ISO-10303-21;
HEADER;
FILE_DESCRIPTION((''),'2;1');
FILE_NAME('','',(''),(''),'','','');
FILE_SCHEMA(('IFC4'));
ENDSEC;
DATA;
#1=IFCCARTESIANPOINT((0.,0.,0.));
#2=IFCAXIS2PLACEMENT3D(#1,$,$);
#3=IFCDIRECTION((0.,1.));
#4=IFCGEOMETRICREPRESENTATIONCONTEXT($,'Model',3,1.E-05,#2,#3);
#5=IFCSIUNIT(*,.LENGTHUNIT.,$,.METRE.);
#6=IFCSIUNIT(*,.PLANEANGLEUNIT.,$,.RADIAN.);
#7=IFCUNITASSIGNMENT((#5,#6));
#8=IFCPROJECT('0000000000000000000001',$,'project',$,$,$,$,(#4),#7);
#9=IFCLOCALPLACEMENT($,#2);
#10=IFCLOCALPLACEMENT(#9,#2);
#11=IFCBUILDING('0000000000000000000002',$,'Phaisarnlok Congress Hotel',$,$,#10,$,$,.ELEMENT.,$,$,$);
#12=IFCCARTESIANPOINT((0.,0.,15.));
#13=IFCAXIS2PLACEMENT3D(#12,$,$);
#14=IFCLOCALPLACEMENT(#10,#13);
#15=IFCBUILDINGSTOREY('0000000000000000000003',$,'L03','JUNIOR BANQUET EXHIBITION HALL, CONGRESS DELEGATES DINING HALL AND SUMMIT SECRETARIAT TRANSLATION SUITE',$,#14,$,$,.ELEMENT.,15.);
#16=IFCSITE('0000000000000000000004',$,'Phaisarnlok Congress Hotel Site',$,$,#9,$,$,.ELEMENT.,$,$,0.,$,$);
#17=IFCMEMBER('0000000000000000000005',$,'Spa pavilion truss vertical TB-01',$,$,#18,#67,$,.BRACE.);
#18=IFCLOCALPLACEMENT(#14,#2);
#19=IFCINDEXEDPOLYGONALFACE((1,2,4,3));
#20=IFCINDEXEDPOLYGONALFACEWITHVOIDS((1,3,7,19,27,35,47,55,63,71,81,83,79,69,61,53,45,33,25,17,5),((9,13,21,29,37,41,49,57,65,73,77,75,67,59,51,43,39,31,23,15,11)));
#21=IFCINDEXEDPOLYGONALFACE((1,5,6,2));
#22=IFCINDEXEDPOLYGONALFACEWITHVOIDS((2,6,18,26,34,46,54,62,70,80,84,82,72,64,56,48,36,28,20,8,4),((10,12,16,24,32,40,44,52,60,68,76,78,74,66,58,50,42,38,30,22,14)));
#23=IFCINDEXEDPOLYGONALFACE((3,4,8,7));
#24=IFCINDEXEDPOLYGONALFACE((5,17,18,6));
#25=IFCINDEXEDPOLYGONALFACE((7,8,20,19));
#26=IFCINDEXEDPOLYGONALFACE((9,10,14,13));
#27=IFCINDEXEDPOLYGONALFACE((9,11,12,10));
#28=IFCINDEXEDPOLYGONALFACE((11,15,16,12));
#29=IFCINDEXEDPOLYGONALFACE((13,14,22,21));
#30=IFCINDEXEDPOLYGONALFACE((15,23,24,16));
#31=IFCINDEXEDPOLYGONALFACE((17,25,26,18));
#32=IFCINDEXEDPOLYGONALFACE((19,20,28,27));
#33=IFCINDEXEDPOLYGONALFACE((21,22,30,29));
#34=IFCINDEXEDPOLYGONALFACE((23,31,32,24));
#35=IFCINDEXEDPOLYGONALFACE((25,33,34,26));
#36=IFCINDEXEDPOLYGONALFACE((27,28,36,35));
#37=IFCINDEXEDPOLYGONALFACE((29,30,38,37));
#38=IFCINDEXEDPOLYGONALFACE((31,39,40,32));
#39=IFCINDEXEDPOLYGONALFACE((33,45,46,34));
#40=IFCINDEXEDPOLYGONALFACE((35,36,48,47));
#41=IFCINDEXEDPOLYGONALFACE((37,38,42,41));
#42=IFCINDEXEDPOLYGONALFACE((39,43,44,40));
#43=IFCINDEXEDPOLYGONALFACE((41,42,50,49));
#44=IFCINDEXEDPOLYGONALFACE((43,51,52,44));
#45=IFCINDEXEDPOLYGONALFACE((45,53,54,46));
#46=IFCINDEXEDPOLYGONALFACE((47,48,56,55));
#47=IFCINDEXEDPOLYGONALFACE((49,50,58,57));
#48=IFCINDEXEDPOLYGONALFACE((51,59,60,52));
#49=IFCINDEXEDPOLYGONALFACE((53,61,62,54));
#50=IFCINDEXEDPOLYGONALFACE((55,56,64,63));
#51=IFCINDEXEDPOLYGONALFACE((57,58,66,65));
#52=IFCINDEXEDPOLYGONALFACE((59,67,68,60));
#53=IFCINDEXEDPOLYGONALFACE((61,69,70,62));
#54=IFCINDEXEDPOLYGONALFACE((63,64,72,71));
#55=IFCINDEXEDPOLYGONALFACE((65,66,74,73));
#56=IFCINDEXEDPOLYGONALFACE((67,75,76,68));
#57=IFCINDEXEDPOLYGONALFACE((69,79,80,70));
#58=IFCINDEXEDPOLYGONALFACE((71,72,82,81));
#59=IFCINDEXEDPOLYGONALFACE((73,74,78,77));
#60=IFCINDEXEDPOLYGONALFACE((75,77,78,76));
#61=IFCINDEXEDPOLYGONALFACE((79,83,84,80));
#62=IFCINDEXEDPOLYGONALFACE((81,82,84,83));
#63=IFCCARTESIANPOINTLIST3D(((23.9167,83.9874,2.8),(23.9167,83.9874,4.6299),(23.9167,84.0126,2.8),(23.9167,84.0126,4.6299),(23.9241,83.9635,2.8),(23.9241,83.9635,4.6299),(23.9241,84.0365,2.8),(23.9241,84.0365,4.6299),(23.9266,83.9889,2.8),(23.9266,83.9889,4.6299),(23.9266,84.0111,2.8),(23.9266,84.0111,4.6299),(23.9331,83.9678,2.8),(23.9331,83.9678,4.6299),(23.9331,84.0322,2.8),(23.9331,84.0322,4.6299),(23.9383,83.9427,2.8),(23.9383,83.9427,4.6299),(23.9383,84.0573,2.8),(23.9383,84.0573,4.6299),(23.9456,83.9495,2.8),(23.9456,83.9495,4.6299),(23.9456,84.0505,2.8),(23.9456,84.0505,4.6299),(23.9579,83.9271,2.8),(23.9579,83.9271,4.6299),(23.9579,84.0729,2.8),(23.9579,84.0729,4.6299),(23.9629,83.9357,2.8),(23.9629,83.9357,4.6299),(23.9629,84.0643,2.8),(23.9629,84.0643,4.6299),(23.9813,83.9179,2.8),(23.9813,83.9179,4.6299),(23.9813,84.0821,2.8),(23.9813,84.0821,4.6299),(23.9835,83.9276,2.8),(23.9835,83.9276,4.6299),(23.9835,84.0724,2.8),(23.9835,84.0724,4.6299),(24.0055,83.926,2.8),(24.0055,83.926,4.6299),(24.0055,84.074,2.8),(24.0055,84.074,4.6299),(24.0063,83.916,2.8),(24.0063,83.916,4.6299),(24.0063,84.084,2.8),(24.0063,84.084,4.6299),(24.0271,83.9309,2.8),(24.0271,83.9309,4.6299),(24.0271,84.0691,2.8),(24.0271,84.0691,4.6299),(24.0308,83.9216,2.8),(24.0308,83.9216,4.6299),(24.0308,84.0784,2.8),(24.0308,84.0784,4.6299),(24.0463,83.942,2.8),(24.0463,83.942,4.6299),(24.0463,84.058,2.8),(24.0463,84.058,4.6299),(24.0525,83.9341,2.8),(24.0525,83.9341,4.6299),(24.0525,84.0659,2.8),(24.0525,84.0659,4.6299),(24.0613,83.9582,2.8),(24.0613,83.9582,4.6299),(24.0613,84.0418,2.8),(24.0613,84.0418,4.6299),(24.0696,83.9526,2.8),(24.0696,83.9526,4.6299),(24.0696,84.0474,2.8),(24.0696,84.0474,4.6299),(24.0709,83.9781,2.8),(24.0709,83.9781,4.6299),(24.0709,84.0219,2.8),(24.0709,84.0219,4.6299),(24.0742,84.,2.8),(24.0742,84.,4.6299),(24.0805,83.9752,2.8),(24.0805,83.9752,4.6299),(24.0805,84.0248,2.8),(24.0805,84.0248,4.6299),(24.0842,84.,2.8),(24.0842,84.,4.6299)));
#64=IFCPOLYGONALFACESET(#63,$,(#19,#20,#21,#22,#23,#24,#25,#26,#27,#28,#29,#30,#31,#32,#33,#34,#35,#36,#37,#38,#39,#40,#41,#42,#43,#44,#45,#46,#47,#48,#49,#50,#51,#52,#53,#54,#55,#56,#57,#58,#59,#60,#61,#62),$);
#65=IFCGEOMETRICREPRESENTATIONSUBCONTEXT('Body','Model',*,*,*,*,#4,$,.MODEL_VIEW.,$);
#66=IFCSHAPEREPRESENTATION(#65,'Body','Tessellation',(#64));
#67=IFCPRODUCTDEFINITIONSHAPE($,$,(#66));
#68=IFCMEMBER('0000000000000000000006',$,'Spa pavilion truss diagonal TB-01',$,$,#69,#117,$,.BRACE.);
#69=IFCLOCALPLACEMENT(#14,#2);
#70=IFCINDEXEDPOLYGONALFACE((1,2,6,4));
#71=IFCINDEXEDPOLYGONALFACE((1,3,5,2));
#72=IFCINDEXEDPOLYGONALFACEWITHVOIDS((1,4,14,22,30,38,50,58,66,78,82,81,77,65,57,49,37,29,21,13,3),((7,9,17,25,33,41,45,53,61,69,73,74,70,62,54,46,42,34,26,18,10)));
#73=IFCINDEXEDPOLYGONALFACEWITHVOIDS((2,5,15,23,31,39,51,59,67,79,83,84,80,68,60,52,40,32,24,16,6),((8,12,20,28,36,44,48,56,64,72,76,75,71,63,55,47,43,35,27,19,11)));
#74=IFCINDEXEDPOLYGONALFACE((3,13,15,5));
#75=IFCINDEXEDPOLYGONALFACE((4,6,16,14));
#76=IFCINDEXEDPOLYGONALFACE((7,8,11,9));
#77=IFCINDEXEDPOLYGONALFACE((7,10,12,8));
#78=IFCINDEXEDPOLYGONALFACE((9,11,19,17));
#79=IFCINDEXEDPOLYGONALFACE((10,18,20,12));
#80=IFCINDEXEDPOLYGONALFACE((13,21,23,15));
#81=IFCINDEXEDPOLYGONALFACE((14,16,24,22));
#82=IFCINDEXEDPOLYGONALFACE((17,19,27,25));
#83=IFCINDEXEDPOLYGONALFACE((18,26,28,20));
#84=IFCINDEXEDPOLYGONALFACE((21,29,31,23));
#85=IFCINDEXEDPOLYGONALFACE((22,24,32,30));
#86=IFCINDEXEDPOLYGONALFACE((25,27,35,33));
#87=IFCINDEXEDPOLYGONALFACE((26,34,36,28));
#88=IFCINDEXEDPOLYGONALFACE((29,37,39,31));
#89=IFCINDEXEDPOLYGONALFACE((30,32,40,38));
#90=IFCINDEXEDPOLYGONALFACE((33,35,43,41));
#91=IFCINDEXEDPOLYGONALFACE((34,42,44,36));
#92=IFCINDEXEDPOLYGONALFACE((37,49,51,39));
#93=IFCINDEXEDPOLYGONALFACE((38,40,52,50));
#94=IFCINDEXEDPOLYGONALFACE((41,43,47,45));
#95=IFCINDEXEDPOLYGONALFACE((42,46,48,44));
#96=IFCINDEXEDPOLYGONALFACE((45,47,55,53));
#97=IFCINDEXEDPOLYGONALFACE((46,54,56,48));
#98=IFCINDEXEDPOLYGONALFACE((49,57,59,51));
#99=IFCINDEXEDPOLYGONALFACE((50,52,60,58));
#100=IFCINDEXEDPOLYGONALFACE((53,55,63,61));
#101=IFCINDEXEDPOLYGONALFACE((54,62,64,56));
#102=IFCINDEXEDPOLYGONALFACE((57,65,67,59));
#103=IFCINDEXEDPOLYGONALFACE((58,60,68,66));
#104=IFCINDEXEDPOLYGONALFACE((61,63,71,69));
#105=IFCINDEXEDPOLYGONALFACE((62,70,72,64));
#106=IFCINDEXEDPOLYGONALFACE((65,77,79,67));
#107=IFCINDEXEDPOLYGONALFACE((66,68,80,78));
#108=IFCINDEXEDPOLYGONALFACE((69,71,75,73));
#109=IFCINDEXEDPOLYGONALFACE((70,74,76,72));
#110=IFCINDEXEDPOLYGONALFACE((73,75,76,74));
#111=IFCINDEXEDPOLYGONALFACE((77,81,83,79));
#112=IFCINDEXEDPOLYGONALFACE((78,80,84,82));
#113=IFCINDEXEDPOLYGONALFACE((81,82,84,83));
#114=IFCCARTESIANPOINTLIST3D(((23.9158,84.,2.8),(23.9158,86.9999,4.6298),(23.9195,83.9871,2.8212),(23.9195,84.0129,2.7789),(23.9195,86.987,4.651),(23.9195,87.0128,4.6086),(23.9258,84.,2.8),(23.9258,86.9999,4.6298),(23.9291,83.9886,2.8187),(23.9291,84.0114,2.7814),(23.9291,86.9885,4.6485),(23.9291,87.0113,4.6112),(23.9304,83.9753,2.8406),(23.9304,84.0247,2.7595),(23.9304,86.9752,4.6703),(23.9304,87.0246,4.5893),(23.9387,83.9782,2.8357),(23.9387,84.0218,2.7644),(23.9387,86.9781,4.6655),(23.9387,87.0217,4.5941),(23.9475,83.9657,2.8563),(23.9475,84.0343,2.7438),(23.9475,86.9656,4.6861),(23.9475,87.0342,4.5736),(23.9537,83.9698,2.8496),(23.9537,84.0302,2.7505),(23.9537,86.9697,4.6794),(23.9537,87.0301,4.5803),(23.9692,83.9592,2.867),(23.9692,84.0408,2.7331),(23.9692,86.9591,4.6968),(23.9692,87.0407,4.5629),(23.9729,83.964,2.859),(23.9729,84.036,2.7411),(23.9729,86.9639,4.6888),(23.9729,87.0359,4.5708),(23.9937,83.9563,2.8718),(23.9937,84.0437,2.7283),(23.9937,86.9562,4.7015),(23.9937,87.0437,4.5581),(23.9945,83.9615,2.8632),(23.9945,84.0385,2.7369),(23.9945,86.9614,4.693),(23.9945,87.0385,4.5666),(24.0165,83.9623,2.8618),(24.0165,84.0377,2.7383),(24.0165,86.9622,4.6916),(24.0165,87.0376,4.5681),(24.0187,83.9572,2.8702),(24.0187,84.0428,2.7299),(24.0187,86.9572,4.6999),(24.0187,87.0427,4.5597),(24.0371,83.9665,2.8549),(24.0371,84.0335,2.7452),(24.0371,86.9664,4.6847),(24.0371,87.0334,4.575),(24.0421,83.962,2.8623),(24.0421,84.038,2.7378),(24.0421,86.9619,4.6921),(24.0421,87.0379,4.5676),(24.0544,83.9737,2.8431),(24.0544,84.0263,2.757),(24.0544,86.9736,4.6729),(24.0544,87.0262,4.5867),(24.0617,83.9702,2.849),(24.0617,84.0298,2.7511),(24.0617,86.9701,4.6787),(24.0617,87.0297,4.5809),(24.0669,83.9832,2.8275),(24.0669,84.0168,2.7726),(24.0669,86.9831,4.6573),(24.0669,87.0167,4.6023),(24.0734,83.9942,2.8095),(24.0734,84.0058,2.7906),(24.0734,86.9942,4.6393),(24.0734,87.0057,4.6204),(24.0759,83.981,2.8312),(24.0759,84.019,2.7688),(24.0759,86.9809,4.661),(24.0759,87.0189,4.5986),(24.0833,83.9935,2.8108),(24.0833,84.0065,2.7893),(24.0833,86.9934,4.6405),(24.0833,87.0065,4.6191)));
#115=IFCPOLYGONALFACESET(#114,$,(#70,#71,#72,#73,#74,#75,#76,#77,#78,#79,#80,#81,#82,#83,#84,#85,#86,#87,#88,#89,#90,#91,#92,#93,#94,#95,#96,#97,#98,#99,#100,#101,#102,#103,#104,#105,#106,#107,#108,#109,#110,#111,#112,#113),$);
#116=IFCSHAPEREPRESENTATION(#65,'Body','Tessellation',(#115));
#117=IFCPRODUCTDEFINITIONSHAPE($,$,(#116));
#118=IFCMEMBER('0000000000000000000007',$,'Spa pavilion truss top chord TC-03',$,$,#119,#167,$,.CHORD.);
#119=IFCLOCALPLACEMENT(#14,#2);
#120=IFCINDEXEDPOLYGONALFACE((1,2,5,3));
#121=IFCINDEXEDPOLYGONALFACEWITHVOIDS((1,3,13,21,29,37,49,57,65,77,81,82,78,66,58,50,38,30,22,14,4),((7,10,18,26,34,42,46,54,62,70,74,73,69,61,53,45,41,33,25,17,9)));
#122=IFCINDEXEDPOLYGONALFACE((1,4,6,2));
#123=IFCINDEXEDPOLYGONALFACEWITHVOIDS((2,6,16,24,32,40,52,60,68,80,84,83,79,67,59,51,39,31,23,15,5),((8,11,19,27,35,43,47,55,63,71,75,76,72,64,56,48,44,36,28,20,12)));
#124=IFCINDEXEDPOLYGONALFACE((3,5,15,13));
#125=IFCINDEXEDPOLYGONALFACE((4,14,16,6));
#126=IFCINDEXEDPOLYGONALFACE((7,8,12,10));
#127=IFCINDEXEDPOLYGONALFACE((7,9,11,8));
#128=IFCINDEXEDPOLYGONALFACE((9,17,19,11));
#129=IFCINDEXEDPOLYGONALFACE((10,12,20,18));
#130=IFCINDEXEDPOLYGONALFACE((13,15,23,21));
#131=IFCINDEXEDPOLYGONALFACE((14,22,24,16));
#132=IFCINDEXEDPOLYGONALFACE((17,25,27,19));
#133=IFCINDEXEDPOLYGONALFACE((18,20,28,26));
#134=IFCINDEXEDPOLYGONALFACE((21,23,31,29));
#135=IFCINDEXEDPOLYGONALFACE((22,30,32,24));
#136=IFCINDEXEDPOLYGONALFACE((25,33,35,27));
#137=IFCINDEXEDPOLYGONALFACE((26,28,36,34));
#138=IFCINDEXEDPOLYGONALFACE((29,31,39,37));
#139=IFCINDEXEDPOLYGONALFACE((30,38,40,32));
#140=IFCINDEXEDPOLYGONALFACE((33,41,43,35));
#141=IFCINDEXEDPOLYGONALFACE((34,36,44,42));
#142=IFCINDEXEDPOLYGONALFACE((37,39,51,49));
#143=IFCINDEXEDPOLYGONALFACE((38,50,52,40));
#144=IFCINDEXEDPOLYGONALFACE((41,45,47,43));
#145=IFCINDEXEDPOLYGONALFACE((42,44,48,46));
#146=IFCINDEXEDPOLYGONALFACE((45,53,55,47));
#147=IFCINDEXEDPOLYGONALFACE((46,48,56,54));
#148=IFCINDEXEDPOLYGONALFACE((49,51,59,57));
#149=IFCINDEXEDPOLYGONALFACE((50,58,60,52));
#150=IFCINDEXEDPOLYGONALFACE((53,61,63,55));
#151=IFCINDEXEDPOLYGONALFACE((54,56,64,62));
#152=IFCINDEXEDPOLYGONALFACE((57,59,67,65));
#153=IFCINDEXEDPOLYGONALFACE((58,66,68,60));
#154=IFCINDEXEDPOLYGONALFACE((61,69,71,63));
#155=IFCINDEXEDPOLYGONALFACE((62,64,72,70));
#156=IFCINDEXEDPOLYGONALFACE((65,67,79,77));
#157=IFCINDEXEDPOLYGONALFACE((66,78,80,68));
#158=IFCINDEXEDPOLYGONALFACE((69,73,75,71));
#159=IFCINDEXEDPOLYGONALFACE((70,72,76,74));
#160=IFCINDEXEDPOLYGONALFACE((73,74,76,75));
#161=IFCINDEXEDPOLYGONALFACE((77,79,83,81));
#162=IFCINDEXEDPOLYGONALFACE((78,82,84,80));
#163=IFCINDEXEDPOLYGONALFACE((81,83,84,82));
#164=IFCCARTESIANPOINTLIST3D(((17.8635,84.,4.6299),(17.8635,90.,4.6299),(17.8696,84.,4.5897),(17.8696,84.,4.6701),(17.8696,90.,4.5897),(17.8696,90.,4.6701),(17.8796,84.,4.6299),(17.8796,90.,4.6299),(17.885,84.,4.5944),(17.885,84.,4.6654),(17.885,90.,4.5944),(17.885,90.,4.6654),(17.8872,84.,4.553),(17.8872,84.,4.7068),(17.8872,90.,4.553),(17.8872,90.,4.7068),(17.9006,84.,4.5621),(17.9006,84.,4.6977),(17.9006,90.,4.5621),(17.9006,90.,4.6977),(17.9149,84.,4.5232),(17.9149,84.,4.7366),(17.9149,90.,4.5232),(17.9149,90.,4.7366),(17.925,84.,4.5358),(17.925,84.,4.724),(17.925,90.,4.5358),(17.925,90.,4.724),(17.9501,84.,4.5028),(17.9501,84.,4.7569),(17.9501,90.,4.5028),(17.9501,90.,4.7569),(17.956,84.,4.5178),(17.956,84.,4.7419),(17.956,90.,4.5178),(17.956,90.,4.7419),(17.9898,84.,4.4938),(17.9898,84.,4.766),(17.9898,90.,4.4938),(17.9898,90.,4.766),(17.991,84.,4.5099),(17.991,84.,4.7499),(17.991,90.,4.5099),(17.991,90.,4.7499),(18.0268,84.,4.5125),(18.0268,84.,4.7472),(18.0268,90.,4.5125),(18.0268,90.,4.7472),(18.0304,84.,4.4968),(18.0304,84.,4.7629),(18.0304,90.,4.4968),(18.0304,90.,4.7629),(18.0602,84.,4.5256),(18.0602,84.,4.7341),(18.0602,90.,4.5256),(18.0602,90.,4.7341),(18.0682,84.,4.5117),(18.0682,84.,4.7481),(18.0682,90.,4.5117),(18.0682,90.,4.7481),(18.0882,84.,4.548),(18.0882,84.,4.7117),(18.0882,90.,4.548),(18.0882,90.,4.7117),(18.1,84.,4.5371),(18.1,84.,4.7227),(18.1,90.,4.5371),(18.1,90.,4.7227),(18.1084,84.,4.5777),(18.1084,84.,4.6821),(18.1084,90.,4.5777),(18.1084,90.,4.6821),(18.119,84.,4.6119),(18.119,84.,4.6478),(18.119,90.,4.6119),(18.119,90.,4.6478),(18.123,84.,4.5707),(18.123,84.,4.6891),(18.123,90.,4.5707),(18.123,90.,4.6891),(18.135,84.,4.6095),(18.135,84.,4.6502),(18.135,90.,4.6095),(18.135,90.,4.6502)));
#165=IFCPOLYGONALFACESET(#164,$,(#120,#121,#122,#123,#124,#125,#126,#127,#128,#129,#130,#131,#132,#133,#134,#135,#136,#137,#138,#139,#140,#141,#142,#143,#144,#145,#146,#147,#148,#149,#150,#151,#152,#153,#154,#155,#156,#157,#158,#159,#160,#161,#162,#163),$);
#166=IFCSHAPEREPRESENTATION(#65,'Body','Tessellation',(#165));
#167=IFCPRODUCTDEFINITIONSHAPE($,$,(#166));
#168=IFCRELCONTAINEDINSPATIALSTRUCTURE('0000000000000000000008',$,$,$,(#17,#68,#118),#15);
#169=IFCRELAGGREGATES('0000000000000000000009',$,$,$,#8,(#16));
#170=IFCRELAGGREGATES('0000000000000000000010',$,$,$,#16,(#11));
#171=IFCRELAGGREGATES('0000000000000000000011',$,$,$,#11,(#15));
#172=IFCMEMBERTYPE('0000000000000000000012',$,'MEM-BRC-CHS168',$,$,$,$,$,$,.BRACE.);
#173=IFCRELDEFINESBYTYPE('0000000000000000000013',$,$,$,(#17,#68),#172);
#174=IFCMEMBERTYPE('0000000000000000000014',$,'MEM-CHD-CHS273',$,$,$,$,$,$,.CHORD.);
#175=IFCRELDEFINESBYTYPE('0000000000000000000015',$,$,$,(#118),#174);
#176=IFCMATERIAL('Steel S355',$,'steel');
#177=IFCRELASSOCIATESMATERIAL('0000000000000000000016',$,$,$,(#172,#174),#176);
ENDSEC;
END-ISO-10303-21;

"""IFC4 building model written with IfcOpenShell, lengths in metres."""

from ifc_helpers import new_model, si_unit, direction, frame, origin, origin_2d, place, context, subcontext, project, spatial, hollow_circle, extrude, material, material_profile, profile_set, type_object, element, save


model = new_model("IFC4")

# Units and contexts
model_context = context("Model", 3, precision=1e-05, world=origin(), true_north=direction((0.0, 1.0)))
body_context = subcontext(model_context, "Body", "Model", "MODEL_VIEW")
ifc_project = project(units=[si_unit("LENGTHUNIT", "METRE"), si_unit("PLANEANGLEUNIT", "RADIAN")], contexts=[model_context])

# Site, building, storey
site_placement = place(None, origin())
site = spatial("IfcSite", under=ifc_project, at=site_placement, Name="Phaisarnlok Congress Hotel Site", CompositionType="ELEMENT", RefElevation=0.0)
building_placement = place(site_placement, origin())
building = spatial("IfcBuilding", under=site, at=building_placement, Name="Phaisarnlok Congress Hotel", CompositionType="ELEMENT")
storey_placement = place(building_placement, frame((0.0, 0.0, 15.0)))
storey = spatial("IfcBuildingStorey", under=building, at=storey_placement, Name="L03", Description="JUNIOR BANQUET EXHIBITION HALL, CONGRESS DELEGATES DINING HALL AND SUMMIT SECRETARIAT TRANSLATION SUITE", CompositionType="ELEMENT", Elevation=15.0)

# Members
ifc_material_1 = material(Name="Steel S355", Category="steel")
ifc_material_profile_1 = material_profile(ifc_material_1, hollow_circle(Radius=0.0842, WallThickness=0.01, at=origin_2d()), Name="CHS 168.3x10")
ifc_profile_set_1 = profile_set([ifc_material_profile_1], Name="Steel S355")
member_type_1 = type_object("IfcMemberType", Name="MEM-BRC-CHS168", PredefinedType="BRACE", material=ifc_profile_set_1)
member_1_placement = place(storey_placement, frame((24.0, 84.0, 2.8), z_axis=(0.0, 0.0, 1.0), x_axis=(1.0, 0.0, 0.0)))
element("IfcMember", 1, at=member_1_placement, inside=storey, type_object=member_type_1, Name="Spa pavilion truss vertical TB-01", PredefinedType="BRACE", context=body_context, shape_type="SweptSolid", body=[
    extrude(hollow_circle(Radius=0.0842, WallThickness=0.01, at=origin_2d()), origin(), (0.0, 0.0, 1.0), 1.8298),
])
member_2_placement = place(storey_placement, frame((24.0, 84.0, 2.8), z_axis=(0.0, 0.853725, 0.520725), x_axis=(-1.0, 0.0, 0.0)))
element("IfcMember", 2, at=member_2_placement, inside=storey, type_object=member_type_1, Name="Spa pavilion truss diagonal TB-01", PredefinedType="BRACE", context=body_context, shape_type="SweptSolid", body=[
    extrude(hollow_circle(Radius=0.0842, WallThickness=0.01, at=origin_2d()), origin(), (0.0, 0.0, 1.0), 3.5139),
])
ifc_material_profile_2 = material_profile(ifc_material_1, hollow_circle(Radius=0.1365, WallThickness=0.0161, at=origin_2d()), Name="CHS 273x16")
ifc_profile_set_2 = profile_set([ifc_material_profile_2], Name="Steel S355")
member_type_2 = type_object("IfcMemberType", Name="MEM-CHD-CHS273", PredefinedType="CHORD", material=ifc_profile_set_2)
for number, where, z_axis, x_axis, name in (
    (3, (18.0, 84.0, 4.6299), (0.0, 1.0, 0.0), (-1.0, 0.0, 0.0), "Spa pavilion truss top chord TC-03"),
):
    element("IfcMember", number, at=place(storey_placement, frame(where, z_axis=z_axis, x_axis=x_axis)), inside=storey, type_object=member_type_2, Name=name, PredefinedType="CHORD", context=body_context, shape_type="SweptSolid", body=[
        extrude(hollow_circle(Radius=0.1365, WallThickness=0.0161, at=origin_2d()), origin(), (0.0, 0.0, 1.0), 6.0),
    ])

save(model, "model.ifc")
